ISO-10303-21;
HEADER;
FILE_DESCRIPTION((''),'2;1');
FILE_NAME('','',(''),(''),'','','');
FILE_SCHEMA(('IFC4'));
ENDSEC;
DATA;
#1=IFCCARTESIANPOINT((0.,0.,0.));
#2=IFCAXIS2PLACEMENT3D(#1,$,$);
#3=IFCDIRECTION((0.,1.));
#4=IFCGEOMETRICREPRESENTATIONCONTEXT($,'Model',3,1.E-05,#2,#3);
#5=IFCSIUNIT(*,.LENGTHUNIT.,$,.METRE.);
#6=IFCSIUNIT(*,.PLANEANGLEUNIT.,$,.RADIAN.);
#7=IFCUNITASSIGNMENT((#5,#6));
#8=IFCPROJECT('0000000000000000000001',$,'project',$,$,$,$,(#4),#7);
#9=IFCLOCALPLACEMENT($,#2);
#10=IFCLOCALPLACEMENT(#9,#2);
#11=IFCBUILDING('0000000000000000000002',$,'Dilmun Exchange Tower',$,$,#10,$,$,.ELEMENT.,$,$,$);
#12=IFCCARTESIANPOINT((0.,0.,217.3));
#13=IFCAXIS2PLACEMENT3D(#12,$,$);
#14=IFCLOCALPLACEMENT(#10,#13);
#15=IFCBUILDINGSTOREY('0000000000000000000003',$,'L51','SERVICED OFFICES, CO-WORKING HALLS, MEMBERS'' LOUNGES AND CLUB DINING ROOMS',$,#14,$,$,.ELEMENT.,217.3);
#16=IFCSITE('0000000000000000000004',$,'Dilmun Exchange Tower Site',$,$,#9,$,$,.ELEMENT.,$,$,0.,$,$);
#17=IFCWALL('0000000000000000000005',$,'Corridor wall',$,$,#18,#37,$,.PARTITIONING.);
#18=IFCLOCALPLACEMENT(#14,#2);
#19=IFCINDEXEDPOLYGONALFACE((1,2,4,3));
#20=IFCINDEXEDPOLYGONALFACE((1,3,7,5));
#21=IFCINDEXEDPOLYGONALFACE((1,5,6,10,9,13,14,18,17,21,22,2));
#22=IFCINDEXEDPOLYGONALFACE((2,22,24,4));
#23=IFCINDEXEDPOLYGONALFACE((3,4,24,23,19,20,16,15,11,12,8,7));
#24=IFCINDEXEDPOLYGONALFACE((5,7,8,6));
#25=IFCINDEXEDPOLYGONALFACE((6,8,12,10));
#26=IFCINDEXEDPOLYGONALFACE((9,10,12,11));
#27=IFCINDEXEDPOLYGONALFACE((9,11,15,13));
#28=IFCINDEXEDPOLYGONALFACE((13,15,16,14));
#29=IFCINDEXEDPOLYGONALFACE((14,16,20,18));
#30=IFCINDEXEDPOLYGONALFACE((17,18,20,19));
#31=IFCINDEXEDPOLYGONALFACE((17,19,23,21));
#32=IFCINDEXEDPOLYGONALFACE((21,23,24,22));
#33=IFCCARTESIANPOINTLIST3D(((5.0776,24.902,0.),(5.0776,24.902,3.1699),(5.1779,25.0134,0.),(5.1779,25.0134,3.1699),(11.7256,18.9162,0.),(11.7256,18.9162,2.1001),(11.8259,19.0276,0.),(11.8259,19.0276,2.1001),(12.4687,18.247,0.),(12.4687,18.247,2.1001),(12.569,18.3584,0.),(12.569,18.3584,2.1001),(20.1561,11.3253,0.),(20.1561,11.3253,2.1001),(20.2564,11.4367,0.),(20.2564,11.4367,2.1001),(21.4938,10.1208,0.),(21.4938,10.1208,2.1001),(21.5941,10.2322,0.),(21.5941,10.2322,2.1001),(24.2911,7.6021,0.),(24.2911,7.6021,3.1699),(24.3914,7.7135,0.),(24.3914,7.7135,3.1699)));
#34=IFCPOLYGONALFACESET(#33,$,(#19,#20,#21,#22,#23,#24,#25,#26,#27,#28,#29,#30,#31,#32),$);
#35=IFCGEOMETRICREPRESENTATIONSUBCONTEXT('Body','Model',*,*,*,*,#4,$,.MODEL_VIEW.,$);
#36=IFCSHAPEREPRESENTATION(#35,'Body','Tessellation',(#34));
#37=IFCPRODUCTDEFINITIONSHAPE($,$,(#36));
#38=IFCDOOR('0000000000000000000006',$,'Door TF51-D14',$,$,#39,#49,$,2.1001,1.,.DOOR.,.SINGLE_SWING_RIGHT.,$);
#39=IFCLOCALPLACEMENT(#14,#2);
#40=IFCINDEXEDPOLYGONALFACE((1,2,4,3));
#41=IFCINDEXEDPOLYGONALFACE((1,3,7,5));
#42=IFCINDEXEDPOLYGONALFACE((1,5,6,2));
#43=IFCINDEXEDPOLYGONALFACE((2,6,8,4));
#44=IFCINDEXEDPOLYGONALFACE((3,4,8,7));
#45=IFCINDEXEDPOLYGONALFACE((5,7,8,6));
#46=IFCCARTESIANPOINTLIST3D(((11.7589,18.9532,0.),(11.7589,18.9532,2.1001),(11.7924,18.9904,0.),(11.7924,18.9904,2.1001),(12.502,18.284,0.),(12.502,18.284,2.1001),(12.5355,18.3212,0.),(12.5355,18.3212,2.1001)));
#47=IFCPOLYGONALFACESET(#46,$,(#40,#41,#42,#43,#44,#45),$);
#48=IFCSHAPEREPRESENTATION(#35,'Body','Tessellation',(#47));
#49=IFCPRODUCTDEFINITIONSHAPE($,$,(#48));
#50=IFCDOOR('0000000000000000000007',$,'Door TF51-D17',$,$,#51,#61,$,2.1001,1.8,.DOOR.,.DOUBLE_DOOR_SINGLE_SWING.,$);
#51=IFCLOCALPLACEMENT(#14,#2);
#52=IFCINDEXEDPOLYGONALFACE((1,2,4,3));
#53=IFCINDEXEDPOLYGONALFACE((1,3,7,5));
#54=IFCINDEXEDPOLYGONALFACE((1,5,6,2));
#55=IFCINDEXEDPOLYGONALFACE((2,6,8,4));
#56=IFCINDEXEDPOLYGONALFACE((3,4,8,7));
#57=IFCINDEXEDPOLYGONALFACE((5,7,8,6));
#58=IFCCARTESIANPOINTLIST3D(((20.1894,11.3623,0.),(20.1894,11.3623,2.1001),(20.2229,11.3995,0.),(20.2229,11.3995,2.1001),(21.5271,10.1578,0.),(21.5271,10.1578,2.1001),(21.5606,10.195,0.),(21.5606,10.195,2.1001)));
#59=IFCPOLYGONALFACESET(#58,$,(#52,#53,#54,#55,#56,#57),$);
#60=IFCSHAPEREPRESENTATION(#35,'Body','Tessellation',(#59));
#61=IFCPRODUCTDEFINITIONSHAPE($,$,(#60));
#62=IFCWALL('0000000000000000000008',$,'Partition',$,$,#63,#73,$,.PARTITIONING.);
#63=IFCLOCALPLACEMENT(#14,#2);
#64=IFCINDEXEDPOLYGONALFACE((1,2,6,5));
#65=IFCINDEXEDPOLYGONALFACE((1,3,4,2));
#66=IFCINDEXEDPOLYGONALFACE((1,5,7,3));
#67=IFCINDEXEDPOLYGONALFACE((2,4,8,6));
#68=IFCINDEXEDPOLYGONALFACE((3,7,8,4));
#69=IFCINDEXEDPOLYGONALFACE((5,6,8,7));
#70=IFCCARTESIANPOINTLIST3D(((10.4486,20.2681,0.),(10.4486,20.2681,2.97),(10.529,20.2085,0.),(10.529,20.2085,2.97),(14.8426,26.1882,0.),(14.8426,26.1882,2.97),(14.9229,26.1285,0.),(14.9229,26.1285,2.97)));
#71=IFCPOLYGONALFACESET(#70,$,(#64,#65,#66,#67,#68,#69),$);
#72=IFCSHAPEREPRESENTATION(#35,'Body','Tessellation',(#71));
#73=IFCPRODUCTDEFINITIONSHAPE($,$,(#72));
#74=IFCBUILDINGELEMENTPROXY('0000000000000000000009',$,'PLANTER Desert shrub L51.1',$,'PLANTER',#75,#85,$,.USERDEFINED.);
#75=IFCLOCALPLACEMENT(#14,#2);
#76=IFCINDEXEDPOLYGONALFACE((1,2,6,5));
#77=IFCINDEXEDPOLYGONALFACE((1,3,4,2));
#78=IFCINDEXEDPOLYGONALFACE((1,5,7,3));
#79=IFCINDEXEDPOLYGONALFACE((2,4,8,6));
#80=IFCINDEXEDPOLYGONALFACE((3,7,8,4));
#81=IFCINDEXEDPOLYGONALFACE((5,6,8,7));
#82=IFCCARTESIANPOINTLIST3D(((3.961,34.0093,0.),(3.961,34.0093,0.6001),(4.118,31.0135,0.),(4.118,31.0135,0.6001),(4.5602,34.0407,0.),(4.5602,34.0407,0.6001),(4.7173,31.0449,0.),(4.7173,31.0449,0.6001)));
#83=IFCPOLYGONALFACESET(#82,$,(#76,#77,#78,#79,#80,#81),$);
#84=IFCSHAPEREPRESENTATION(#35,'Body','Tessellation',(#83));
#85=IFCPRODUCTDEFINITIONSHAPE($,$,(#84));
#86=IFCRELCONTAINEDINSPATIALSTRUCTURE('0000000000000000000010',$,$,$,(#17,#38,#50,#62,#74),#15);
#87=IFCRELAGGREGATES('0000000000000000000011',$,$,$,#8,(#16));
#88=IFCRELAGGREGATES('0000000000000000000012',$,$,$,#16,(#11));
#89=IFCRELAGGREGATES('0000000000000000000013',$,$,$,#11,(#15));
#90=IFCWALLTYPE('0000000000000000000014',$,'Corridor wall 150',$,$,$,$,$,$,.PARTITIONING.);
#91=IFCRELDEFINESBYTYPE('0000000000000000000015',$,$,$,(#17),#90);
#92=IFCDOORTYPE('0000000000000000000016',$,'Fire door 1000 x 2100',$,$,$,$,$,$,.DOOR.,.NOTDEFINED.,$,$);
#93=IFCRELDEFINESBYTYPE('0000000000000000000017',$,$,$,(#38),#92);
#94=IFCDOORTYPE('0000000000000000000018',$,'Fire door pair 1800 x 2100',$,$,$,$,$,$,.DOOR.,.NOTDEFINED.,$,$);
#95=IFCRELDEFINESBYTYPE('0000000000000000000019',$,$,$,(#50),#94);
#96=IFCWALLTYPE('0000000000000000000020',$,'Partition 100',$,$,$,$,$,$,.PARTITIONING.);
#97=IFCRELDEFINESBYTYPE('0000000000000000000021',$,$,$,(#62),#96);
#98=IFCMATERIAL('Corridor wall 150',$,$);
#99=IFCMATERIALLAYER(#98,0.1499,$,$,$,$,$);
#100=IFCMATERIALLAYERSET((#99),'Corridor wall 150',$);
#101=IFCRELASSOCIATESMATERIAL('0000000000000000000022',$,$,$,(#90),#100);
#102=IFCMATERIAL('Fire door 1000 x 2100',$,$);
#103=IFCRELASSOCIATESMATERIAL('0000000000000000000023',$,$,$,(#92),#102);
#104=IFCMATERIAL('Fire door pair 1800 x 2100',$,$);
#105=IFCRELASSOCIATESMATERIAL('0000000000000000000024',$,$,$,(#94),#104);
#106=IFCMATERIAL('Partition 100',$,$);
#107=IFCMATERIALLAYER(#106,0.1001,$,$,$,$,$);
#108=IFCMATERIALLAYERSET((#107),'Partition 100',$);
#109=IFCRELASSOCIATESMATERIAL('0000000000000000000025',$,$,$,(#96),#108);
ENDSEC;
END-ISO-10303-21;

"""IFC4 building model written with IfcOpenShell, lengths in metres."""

from ifc_helpers import new_model, si_unit, direction, frame, frame_2d, origin, origin_2d, place, context, subcontext, project, spatial, rectangle, extrude, material, layer, layer_set, type_object, element, fill, save


model = new_model("IFC4")

# Units and contexts
model_context = context("Model", 3, precision=1e-05, world=origin(), true_north=direction((0.0, 1.0)))
body_context = subcontext(model_context, "Body", "Model", "MODEL_VIEW")
ifc_project = project(units=[si_unit("LENGTHUNIT", "METRE"), si_unit("PLANEANGLEUNIT", "RADIAN")], contexts=[model_context])

# Site, building, storey
site_placement = place(None, origin())
site = spatial("IfcSite", under=ifc_project, at=site_placement, Name="Dilmun Exchange Tower Site", CompositionType="ELEMENT", RefElevation=0.0)
building_placement = place(site_placement, origin())
building = spatial("IfcBuilding", under=site, at=building_placement, Name="Dilmun Exchange Tower", CompositionType="ELEMENT")
storey_placement = place(building_placement, frame((0.0, 0.0, 217.3)))
storey = spatial("IfcBuildingStorey", under=building, at=storey_placement, Name="L51", Description="SERVICED OFFICES, CO-WORKING HALLS, MEMBERS' LOUNGES AND CLUB DINING ROOMS", CompositionType="ELEMENT", Elevation=217.3)

# Shared definitions
ifc_material_1 = material(Name="Corridor wall 150")
ifc_layer_1 = layer(ifc_material_1, 0.1499)
ifc_layer_set_1 = layer_set([ifc_layer_1], Name="Corridor wall 150")
wall_type_1 = type_object("IfcWallType", Name="Corridor wall 150", PredefinedType="PARTITIONING", material=ifc_layer_set_1)

# Wall, openings, doors
wall_1_placement = place(storey_placement, frame((5.1277, 24.9578, 0.0), z_axis=(0.0, 0.0, 1.0), x_axis=(0.743145, -0.669131, 0.0)))
wall_1 = element("IfcWall", 1, at=wall_1_placement, inside=storey, type_object=wall_type_1, Name="Corridor wall", PredefinedType="PARTITIONING", context=body_context, shape_type="SweptSolid", body=[
    extrude(rectangle(XDim=25.8542, YDim=0.1499, at=frame_2d((12.9272, 0.0))), origin(), (0.0, 0.0, 1.0), 3.1699),
])
opening_1_placement = place(wall_1_placement, frame((8.9458, 0.0, 0.0)))
opening_1 = element("IfcOpeningElement", 2, at=opening_1_placement, cuts=wall_1, PredefinedType="OPENING", context=body_context, shape_type="SweptSolid", body=[
    extrude(rectangle(XDim=1.0, YDim=2.1001, at=frame_2d((0.5, 1.05))), frame((0.0, 0.085, 0.0), z_axis=(0.0, -1.0, 0.0), x_axis=(1.0, 0.0, 0.0)), (0.0, 0.0, 1.0), 0.1699),
])
opening_2_placement = place(wall_1_placement, frame((20.2903, 0.0, 0.0)))
opening_2 = element("IfcOpeningElement", 3, at=opening_2_placement, cuts=wall_1, PredefinedType="OPENING", context=body_context, shape_type="SweptSolid", body=[
    extrude(rectangle(XDim=1.8, YDim=2.1001, at=frame_2d((0.8999, 1.05))), frame((0.0, 0.085, 0.0), z_axis=(0.0, -1.0, 0.0), x_axis=(1.0, 0.0, 0.0)), (0.0, 0.0, 1.0), 0.1699),
])
ifc_material_2 = material(Name="Fire door 1000 x 2100")
door_type_1 = type_object("IfcDoorType", Name="Fire door 1000 x 2100", OperationType="NOTDEFINED", PredefinedType="DOOR", material=ifc_material_2)
door_1_placement = place(opening_1_placement, origin())
door_1 = element("IfcDoor", 4, at=door_1_placement, inside=storey, type_object=door_type_1, Name="Door TF51-D14", OperationType="SINGLE_SWING_RIGHT", OverallHeight=2.1001, OverallWidth=1.0, PredefinedType="DOOR", context=body_context, shape_type="SweptSolid", body=[
    extrude(rectangle(XDim=1.0, YDim=2.1001, at=frame_2d((0.5, 1.05))), frame((0.0, 0.0249, 0.0), z_axis=(0.0, -1.0, 0.0), x_axis=(1.0, 0.0, 0.0)), (0.0, 0.0, 1.0), 0.05),
])
fill(opening_1, door_1)
ifc_material_3 = material(Name="Fire door pair 1800 x 2100")
door_type_2 = type_object("IfcDoorType", Name="Fire door pair 1800 x 2100", OperationType="NOTDEFINED", PredefinedType="DOOR", material=ifc_material_3)
door_2_placement = place(opening_2_placement, origin())
door_2 = element("IfcDoor", 5, at=door_2_placement, inside=storey, type_object=door_type_2, Name="Door TF51-D17", OperationType="DOUBLE_DOOR_SINGLE_SWING", OverallHeight=2.1001, OverallWidth=1.8, PredefinedType="DOOR", context=body_context, shape_type="SweptSolid", body=[
    extrude(rectangle(XDim=1.8, YDim=2.1001, at=frame_2d((0.8999, 1.05))), frame((0.0, 0.0249, 0.0), z_axis=(0.0, -1.0, 0.0), x_axis=(1.0, 0.0, 0.0)), (0.0, 0.0, 1.0), 0.05),
])
fill(opening_2, door_2)

# Wall
ifc_material_4 = material(Name="Partition 100")
ifc_layer_2 = layer(ifc_material_4, 0.1001)
ifc_layer_set_2 = layer_set([ifc_layer_2], Name="Partition 100")
wall_type_2 = type_object("IfcWallType", Name="Partition 100", PredefinedType="PARTITIONING", material=ifc_layer_set_2)
wall_2_placement = place(storey_placement, frame((10.4888, 20.2383, 0.0), z_axis=(0.0, 0.0, 1.0), x_axis=(0.595992, 0.80299, 0.0)))
element("IfcWall", 6, at=wall_2_placement, inside=storey, type_object=wall_type_2, Name="Partition", PredefinedType="PARTITIONING", context=body_context, shape_type="SweptSolid", body=[
    extrude(rectangle(XDim=7.3726, YDim=0.1001, at=frame_2d((3.6863, 0.0))), origin(), (0.0, 0.0, 1.0), 2.97),
])

# Building element proxy
proxy_placement = place(storey_placement, frame((4.3391, 32.5271, 0.0), z_axis=(0.0, 0.0, 1.0), x_axis=(-0.052336, 0.99863, 0.0)))
element("IfcBuildingElementProxy", 7, at=proxy_placement, inside=storey, Name="PLANTER Desert shrub L51.1", ObjectType="PLANTER", PredefinedType="USERDEFINED", context=body_context, shape_type="SweptSolid", body=[
    extrude(rectangle(XDim=3.0, YDim=0.6001, at=origin_2d()), origin(), (0.0, 0.0, 1.0), 0.6001),
])

save(model, "model.ifc")
